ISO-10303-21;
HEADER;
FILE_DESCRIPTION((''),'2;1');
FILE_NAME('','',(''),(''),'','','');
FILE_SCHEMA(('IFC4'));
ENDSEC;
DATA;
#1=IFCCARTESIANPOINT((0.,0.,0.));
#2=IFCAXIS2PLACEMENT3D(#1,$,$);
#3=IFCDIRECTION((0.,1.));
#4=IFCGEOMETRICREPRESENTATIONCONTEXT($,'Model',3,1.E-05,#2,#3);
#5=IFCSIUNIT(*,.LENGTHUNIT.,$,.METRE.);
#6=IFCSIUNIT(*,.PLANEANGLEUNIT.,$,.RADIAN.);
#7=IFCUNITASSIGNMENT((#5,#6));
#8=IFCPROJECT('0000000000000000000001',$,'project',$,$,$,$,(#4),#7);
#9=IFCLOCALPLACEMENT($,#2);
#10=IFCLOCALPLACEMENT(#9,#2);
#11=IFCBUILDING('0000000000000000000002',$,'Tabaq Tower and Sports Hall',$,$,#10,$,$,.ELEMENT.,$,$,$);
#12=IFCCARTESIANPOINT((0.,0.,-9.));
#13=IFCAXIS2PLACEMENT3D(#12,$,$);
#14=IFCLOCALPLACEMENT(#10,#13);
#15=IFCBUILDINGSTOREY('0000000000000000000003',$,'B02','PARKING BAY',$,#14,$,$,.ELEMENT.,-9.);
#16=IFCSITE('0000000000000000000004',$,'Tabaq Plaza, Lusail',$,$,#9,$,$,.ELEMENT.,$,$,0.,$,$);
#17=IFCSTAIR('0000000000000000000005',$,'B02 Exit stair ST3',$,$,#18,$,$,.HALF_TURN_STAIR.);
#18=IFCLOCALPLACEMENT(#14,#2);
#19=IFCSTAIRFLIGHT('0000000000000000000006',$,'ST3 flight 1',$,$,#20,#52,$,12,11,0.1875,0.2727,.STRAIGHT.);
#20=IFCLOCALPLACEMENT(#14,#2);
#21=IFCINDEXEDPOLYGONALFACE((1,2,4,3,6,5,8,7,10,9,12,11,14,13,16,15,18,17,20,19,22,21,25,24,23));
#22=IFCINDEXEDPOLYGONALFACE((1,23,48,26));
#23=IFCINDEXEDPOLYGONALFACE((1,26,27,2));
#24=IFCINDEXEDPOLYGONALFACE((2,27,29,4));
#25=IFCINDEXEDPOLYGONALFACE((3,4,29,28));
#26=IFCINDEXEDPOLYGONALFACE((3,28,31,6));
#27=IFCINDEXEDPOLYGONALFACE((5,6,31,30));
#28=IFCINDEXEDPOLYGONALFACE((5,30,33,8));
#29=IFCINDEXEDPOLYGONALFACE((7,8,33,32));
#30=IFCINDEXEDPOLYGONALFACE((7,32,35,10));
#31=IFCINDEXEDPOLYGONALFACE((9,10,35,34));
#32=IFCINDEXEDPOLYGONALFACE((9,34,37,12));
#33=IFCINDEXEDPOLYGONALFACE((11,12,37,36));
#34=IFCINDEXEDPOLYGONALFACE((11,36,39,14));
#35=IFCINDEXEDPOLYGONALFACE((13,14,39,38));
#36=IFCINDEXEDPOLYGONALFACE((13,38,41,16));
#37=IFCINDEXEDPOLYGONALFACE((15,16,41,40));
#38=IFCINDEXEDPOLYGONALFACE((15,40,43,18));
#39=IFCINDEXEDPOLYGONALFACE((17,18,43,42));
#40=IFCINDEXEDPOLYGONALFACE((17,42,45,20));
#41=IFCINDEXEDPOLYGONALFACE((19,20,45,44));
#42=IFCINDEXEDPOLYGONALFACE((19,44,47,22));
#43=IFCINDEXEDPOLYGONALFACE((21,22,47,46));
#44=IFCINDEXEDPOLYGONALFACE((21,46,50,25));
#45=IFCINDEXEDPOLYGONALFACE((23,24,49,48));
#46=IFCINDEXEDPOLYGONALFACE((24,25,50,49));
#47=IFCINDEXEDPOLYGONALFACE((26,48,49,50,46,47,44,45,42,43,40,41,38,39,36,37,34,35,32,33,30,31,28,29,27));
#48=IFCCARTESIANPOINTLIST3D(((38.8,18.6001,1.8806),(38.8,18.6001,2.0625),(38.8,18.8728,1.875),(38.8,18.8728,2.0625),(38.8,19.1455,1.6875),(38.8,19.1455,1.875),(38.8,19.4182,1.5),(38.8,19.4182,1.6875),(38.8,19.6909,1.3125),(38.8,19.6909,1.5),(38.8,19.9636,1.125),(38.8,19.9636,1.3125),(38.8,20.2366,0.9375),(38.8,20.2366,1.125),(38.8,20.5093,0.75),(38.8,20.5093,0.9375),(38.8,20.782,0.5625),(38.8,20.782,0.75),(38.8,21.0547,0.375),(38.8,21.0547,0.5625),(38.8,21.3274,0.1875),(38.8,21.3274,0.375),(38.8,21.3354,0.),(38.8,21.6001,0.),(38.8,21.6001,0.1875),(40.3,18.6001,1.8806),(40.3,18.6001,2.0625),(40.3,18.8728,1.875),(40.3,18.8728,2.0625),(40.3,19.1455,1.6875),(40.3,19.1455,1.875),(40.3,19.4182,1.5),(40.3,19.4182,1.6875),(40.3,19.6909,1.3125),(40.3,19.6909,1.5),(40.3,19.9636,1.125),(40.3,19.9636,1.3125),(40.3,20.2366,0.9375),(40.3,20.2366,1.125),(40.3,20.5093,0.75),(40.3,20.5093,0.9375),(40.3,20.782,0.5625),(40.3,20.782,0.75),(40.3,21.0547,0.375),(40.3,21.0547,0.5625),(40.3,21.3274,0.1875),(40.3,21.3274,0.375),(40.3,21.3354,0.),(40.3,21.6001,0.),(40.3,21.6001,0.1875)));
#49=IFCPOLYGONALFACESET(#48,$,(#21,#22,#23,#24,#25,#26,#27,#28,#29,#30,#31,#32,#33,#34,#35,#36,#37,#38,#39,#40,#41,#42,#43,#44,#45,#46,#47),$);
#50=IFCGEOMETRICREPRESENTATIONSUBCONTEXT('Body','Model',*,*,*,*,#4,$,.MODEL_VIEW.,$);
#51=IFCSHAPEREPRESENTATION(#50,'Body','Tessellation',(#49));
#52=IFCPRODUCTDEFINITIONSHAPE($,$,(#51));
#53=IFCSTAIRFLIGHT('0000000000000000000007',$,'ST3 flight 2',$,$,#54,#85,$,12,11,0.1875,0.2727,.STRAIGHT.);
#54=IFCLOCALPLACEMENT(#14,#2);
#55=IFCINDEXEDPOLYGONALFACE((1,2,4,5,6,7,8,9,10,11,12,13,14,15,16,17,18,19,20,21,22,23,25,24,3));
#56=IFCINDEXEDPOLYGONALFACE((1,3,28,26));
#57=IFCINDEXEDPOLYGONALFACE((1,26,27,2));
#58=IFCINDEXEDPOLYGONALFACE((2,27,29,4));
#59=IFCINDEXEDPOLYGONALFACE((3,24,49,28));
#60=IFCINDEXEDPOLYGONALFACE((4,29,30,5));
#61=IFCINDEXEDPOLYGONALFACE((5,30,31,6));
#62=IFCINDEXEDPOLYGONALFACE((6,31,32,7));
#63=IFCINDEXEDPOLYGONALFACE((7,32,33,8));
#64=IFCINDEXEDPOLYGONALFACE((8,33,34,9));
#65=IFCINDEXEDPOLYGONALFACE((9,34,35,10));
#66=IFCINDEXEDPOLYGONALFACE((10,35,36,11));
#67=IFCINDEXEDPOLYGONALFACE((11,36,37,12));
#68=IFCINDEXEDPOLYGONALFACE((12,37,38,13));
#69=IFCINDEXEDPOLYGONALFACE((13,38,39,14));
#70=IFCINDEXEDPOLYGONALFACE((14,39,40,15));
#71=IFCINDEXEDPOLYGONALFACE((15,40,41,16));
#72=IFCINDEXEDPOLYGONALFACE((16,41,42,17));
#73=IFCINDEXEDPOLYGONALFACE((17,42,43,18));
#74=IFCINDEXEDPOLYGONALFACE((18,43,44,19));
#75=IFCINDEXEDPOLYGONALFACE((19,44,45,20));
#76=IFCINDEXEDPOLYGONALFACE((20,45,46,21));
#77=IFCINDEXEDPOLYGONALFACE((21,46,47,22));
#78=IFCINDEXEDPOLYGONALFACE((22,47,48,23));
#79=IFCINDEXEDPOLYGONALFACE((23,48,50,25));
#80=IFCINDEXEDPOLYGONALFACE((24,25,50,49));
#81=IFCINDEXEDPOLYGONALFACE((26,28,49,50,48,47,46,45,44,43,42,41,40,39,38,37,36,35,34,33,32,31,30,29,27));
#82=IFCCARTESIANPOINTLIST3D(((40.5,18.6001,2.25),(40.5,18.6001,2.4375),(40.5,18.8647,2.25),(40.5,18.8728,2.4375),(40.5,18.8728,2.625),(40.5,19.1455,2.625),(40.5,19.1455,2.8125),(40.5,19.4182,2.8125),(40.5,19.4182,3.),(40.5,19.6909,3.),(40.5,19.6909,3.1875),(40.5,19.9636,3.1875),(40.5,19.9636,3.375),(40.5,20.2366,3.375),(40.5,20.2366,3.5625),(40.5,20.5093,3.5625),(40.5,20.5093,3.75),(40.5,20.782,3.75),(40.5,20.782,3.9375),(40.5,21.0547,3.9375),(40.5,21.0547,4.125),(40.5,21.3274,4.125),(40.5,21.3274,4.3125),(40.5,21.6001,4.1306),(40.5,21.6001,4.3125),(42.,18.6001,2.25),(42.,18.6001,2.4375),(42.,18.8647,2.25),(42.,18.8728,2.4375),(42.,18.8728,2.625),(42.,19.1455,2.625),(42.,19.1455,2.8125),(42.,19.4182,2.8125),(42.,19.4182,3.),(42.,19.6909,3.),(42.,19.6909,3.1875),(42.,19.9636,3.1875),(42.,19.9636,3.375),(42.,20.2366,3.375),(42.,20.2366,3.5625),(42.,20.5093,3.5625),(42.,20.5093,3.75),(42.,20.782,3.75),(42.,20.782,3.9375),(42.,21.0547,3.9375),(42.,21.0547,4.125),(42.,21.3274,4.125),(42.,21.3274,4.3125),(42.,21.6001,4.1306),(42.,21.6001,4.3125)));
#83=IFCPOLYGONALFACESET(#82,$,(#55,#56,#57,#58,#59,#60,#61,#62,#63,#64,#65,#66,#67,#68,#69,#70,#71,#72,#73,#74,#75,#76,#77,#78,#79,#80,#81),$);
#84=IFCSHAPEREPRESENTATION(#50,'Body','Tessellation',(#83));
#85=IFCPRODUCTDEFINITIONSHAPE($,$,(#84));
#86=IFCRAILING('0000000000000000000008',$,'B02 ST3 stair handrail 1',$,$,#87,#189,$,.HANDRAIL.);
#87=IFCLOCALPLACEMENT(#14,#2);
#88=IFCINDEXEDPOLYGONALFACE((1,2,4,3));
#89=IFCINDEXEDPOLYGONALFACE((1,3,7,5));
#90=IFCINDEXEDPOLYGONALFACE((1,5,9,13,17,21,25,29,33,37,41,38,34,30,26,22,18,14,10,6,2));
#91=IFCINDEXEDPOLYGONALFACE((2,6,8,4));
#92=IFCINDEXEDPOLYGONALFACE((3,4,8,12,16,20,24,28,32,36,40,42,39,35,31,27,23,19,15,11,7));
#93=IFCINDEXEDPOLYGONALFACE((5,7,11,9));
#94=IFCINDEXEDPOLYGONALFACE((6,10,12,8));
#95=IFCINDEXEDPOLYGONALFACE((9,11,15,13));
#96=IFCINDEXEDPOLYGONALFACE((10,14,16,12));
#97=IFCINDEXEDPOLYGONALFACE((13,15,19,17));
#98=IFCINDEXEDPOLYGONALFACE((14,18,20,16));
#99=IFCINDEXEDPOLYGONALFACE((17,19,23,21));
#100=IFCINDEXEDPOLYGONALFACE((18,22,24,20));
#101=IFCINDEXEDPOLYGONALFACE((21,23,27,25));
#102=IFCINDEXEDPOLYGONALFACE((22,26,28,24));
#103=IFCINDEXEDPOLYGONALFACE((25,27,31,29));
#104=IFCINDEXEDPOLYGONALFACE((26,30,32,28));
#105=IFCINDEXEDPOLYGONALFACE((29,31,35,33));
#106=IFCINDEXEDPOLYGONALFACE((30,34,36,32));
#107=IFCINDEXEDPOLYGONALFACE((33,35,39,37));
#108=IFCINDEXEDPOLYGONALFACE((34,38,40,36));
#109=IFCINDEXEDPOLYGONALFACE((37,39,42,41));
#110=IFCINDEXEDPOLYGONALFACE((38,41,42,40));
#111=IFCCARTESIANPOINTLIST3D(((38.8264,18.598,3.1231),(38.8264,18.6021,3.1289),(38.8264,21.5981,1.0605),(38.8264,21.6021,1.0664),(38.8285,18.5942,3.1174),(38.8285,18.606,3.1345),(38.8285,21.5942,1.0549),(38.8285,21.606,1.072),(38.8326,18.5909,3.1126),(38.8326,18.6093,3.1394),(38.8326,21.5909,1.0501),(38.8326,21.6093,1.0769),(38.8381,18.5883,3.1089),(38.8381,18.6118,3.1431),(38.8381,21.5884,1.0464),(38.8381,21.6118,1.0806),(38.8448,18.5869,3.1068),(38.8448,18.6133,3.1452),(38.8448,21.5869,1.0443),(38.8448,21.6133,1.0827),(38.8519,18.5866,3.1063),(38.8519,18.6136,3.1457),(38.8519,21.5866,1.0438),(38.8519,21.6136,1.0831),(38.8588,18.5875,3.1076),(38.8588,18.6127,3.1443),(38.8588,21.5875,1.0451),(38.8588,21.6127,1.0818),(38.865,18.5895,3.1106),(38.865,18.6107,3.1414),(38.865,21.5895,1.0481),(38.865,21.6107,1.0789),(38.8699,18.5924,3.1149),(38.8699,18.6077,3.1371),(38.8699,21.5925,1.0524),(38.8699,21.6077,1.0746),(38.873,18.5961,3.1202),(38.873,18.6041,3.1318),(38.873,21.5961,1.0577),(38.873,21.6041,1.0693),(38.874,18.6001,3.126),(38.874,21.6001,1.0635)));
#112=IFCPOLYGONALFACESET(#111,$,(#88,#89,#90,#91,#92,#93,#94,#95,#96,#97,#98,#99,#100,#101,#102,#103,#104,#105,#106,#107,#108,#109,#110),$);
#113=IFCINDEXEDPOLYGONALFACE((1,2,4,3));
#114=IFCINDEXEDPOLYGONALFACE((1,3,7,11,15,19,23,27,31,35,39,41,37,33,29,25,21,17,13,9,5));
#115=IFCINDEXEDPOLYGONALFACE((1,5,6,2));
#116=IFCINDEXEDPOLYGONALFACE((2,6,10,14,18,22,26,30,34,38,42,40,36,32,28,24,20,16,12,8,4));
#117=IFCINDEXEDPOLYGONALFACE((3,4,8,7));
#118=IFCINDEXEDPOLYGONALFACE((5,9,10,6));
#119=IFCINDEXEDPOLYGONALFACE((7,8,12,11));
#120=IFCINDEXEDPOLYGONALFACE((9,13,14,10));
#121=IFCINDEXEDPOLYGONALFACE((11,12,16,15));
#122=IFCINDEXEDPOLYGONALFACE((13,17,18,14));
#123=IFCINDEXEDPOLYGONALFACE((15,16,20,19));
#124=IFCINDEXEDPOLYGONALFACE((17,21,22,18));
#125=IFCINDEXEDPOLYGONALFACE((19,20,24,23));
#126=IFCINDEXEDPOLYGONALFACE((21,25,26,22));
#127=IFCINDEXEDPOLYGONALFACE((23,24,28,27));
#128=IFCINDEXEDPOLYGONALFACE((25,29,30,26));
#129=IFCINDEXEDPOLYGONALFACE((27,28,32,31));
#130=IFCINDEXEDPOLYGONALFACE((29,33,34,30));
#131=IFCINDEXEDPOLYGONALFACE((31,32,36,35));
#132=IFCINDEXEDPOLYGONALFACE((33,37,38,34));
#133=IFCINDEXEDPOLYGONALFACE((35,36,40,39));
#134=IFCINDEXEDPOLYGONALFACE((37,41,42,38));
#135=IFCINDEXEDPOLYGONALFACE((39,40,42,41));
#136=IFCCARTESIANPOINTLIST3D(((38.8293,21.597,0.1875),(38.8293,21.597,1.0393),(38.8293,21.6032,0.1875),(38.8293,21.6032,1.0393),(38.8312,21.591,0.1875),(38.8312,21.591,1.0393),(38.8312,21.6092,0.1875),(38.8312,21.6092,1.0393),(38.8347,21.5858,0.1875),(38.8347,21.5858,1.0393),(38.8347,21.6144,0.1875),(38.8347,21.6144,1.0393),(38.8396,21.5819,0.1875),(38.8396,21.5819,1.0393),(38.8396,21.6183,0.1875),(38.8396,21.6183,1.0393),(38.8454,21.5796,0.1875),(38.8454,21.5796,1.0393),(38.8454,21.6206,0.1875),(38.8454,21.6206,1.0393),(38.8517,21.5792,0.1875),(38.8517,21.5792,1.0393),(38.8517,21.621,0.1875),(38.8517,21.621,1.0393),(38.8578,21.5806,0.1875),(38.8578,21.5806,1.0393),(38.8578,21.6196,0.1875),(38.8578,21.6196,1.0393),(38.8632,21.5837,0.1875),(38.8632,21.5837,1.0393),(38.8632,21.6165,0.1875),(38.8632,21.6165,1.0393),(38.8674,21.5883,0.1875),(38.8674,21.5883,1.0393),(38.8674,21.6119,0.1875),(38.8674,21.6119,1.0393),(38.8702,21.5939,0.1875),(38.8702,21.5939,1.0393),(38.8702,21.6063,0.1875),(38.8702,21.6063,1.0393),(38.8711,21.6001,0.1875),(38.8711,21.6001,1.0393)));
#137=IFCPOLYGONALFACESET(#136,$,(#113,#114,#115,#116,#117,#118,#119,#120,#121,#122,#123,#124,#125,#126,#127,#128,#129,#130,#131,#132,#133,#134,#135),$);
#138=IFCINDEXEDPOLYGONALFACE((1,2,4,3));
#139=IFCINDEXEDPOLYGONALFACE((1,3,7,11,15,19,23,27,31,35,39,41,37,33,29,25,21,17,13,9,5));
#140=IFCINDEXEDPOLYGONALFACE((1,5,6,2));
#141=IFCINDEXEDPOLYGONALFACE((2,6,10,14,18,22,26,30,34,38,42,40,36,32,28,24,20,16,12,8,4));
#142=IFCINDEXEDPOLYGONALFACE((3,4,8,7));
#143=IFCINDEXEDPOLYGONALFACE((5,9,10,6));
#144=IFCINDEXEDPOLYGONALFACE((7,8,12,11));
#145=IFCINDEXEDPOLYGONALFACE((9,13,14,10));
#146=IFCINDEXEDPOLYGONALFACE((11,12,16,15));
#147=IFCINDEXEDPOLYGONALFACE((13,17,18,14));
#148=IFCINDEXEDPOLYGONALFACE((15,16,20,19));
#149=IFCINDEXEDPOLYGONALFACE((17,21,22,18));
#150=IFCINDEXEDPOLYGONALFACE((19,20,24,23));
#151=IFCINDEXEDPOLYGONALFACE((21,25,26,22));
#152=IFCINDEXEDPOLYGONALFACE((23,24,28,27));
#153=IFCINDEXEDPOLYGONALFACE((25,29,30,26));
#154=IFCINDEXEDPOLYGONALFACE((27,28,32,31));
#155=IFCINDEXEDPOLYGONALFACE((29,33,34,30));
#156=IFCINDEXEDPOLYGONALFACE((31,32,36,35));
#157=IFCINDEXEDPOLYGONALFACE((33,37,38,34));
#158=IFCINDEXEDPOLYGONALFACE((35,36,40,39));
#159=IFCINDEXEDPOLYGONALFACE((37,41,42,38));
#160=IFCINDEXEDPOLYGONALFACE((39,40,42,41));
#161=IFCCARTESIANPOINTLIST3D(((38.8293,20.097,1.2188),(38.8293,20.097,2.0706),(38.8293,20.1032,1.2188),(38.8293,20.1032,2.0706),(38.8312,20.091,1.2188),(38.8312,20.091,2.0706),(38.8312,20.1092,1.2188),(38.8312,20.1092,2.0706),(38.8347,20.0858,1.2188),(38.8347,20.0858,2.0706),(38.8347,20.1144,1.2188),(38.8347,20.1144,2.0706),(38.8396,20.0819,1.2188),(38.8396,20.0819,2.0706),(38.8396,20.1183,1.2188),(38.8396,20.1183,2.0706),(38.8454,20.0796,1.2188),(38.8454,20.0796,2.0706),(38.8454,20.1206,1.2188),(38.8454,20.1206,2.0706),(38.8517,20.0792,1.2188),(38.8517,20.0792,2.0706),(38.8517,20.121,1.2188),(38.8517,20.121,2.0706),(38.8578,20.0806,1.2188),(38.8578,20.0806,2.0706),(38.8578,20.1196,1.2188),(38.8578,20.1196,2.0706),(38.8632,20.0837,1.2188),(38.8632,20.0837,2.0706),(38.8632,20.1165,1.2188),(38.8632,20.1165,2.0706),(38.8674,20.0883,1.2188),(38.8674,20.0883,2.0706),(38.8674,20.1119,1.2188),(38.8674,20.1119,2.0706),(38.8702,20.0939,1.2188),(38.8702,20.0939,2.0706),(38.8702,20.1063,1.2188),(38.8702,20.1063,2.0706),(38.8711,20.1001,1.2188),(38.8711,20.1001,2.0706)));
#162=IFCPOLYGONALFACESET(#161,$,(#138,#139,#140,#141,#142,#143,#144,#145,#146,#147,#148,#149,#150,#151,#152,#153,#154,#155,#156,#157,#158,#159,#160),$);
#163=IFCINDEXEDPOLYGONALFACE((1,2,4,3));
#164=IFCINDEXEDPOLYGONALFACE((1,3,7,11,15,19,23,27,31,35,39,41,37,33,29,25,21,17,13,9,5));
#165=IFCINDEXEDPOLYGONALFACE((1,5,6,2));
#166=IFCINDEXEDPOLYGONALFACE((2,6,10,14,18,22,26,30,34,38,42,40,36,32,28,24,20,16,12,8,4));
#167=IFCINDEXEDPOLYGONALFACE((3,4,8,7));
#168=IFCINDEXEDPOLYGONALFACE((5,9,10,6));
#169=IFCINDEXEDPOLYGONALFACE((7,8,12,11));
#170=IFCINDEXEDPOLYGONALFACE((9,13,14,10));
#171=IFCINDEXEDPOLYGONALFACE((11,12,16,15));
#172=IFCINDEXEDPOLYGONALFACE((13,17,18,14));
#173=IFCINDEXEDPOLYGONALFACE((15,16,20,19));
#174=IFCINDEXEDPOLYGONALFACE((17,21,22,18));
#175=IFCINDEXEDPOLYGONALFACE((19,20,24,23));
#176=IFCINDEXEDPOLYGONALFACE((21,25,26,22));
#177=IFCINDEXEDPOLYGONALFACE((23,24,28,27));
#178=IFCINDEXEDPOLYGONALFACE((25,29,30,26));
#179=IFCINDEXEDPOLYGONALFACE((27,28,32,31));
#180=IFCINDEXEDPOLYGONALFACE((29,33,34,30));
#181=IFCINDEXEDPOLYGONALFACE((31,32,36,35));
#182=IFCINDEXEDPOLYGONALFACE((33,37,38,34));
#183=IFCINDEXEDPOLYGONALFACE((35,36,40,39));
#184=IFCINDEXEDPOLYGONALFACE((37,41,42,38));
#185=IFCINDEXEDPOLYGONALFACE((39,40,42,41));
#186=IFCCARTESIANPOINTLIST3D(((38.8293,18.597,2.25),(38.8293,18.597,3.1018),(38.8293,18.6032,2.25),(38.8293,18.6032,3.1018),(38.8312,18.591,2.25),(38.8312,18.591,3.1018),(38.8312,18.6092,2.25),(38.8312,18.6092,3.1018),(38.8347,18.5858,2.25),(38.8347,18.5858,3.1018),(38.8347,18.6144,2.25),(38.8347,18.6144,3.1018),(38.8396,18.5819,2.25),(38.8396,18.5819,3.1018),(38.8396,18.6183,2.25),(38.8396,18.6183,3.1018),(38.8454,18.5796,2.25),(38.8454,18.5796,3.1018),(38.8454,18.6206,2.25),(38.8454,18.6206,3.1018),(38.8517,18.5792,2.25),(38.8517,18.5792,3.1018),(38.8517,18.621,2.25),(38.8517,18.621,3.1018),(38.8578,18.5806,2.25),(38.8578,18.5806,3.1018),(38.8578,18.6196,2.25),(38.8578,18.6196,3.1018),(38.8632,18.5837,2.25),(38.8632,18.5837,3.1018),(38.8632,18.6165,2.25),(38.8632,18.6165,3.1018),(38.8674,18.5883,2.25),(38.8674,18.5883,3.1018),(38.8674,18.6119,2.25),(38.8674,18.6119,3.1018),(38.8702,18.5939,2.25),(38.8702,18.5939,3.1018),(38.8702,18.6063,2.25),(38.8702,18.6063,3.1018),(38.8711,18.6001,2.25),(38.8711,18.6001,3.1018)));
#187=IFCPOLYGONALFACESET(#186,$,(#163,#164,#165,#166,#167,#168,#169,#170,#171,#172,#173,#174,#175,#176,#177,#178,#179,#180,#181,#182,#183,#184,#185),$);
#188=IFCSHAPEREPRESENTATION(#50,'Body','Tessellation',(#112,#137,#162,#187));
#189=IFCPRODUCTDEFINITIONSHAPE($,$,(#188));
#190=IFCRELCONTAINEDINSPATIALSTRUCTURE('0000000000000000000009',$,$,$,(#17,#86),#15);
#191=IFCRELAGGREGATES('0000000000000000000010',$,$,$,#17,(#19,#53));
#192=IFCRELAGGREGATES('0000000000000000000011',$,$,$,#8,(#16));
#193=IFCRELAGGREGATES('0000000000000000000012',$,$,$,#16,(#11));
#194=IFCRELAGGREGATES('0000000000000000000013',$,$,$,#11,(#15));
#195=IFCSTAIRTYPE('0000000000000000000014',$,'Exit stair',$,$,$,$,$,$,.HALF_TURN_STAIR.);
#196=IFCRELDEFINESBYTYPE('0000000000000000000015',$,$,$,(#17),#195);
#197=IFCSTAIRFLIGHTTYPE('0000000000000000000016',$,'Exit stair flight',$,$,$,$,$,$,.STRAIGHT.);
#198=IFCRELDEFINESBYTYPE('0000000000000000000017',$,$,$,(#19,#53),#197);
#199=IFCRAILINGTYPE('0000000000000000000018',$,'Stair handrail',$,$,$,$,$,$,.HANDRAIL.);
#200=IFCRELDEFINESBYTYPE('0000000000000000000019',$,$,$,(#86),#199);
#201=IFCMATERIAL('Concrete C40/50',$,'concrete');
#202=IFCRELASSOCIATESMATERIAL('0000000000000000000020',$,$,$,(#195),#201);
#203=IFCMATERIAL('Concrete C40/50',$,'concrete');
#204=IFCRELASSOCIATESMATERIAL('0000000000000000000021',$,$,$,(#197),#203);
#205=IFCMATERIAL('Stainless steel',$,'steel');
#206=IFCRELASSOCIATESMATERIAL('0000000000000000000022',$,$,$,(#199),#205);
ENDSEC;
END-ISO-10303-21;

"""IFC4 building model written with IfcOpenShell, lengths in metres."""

from ifc_helpers import new_model, si_unit, direction, frame, origin, origin_2d, place, context, subcontext, project, spatial, polyline, circle, outline, extrude, material, type_object, element, aggregate, save


model = new_model("IFC4")

# Units and contexts
model_context = context("Model", 3, precision=1e-05, world=origin(), true_north=direction((0.0, 1.0)))
body_context = subcontext(model_context, "Body", "Model", "MODEL_VIEW")
ifc_project = project(units=[si_unit("LENGTHUNIT", "METRE"), si_unit("PLANEANGLEUNIT", "RADIAN")], contexts=[model_context])

# Site, building, storey
site_placement = place(None, origin())
site = spatial("IfcSite", under=ifc_project, at=site_placement, Name="Tabaq Plaza, Lusail", CompositionType="ELEMENT", RefElevation=0.0)
building_placement = place(site_placement, origin())
building = spatial("IfcBuilding", under=site, at=building_placement, Name="Tabaq Tower and Sports Hall", CompositionType="ELEMENT")
storey_placement = place(building_placement, frame((0.0, 0.0, -9.0)))
storey = spatial("IfcBuildingStorey", under=building, at=storey_placement, Name="B02", Description="PARKING BAY", CompositionType="ELEMENT", Elevation=-9.0)

# Stair, stair flights
ifc_material_1 = material(Name="Concrete C40/50", Category="concrete")
stair_type = type_object("IfcStairType", Name="Exit stair", PredefinedType="HALF_TURN_STAIR", material=ifc_material_1)
stair_placement = place(storey_placement, origin())
stair = element("IfcStair", 1, at=stair_placement, inside=storey, type_object=stair_type, Name="B02 Exit stair ST3", PredefinedType="HALF_TURN_STAIR")
ifc_material_2 = material(Name="Concrete C40/50", Category="concrete")
stair_flight_type = type_object("IfcStairFlightType", Name="Exit stair flight", PredefinedType="STRAIGHT", material=ifc_material_2)
stair_flight_1_placement = place(storey_placement, frame((39.55, 21.6001, 0.0), z_axis=(0.0, 0.0, 1.0), x_axis=(0.0, -1.0, 0.0)))
stair_flight_1 = element("IfcStairFlight", 2, at=stair_flight_1_placement, type_object=stair_flight_type, Name="ST3 flight 1", NumberOfRisers=12, NumberOfTreads=11, PredefinedType="STRAIGHT", RiserHeight=0.1875, TreadLength=0.2727, context=body_context, shape_type="SweptSolid", body=[
    extrude(outline(polyline([(0.0, 0.0), (0.0, 0.1875), (0.2727, 0.1875), (0.2727, 0.375), (0.5454, 0.375), (0.5454, 0.5625), (0.8181, 0.5625), (0.8181, 0.75), (1.0908, 0.75), (1.0908, 0.9375), (1.3635, 0.9375), (1.3635, 1.125), (1.6365, 1.125), (1.6365, 1.3125), (1.9092, 1.3125), (1.9092, 1.5), (2.1819, 1.5), (2.1819, 1.6875), (2.4546, 1.6875), (2.4546, 1.875), (2.7273, 1.875), (2.7273, 2.0625), (3.0, 2.0625), (3.0, 2.25), (3.0, 1.8806), (0.2646, 0.0), (0.0, 0.0)])), frame((0.0, 0.75, 0.0), z_axis=(0.0, -1.0, 0.0), x_axis=(1.0, 0.0, 0.0)), (0.0, 0.0, 1.0), 1.5),
])
stair_flight_2_placement = place(storey_placement, frame((41.25, 18.6001, 2.25), z_axis=(0.0, 0.0, 1.0), x_axis=(0.0, 1.0, 0.0)))
stair_flight_2 = element("IfcStairFlight", 3, at=stair_flight_2_placement, type_object=stair_flight_type, Name="ST3 flight 2", NumberOfRisers=12, NumberOfTreads=11, PredefinedType="STRAIGHT", RiserHeight=0.1875, TreadLength=0.2727, context=body_context, shape_type="SweptSolid", body=[
    extrude(outline(polyline([(0.0, 0.0), (0.0, 0.1875), (0.2727, 0.1875), (0.2727, 0.375), (0.5454, 0.375), (0.5454, 0.5625), (0.8181, 0.5625), (0.8181, 0.75), (1.0908, 0.75), (1.0908, 0.9375), (1.3635, 0.9375), (1.3635, 1.125), (1.6365, 1.125), (1.6365, 1.3125), (1.9092, 1.3125), (1.9092, 1.5), (2.1819, 1.5), (2.1819, 1.6875), (2.4546, 1.6875), (2.4546, 1.875), (2.7273, 1.875), (2.7273, 2.0625), (3.0, 2.0625), (3.0, 2.25), (3.0, 1.8806), (0.2646, 0.0), (0.0, 0.0)])), frame((0.0, 0.75, 0.0), z_axis=(0.0, -1.0, 0.0), x_axis=(1.0, 0.0, 0.0)), (0.0, 0.0, 1.0), 1.5),
])
aggregate(stair, [stair_flight_1, stair_flight_2])

# Railing
ifc_material_3 = material(Name="Stainless steel", Category="steel")
railing_type_1 = type_object("IfcRailingType", Name="Stair handrail", PredefinedType="HANDRAIL", material=ifc_material_3)
railing_1_placement = place(storey_placement, frame((38.8501, 21.6001, 0.1875)))
element("IfcRailing", 4, at=railing_1_placement, inside=storey, type_object=railing_type_1, Name="B02 ST3 stair handrail 1", PredefinedType="HANDRAIL", context=body_context, shape_type="SweptSolid", body=[
    extrude(circle(Radius=0.0239, at=origin_2d()), frame((0.0, 0.0, 0.876), z_axis=(0.0, -0.824042, 0.566529), x_axis=(1.0, 0.0, 0.0)), (0.0, 0.0, 1.0), 3.6406),
    extrude(circle(Radius=0.021, at=origin_2d()), origin(), (0.0, 0.0, 1.0), 0.8518),
    extrude(circle(Radius=0.021, at=origin_2d()), frame((0.0, -1.5, 1.0312)), (0.0, 0.0, 1.0), 0.8518),
    extrude(circle(Radius=0.021, at=origin_2d()), frame((0.0, -3.0, 2.0625)), (0.0, 0.0, 1.0), 0.8518),
])

save(model, "model.ifc")
